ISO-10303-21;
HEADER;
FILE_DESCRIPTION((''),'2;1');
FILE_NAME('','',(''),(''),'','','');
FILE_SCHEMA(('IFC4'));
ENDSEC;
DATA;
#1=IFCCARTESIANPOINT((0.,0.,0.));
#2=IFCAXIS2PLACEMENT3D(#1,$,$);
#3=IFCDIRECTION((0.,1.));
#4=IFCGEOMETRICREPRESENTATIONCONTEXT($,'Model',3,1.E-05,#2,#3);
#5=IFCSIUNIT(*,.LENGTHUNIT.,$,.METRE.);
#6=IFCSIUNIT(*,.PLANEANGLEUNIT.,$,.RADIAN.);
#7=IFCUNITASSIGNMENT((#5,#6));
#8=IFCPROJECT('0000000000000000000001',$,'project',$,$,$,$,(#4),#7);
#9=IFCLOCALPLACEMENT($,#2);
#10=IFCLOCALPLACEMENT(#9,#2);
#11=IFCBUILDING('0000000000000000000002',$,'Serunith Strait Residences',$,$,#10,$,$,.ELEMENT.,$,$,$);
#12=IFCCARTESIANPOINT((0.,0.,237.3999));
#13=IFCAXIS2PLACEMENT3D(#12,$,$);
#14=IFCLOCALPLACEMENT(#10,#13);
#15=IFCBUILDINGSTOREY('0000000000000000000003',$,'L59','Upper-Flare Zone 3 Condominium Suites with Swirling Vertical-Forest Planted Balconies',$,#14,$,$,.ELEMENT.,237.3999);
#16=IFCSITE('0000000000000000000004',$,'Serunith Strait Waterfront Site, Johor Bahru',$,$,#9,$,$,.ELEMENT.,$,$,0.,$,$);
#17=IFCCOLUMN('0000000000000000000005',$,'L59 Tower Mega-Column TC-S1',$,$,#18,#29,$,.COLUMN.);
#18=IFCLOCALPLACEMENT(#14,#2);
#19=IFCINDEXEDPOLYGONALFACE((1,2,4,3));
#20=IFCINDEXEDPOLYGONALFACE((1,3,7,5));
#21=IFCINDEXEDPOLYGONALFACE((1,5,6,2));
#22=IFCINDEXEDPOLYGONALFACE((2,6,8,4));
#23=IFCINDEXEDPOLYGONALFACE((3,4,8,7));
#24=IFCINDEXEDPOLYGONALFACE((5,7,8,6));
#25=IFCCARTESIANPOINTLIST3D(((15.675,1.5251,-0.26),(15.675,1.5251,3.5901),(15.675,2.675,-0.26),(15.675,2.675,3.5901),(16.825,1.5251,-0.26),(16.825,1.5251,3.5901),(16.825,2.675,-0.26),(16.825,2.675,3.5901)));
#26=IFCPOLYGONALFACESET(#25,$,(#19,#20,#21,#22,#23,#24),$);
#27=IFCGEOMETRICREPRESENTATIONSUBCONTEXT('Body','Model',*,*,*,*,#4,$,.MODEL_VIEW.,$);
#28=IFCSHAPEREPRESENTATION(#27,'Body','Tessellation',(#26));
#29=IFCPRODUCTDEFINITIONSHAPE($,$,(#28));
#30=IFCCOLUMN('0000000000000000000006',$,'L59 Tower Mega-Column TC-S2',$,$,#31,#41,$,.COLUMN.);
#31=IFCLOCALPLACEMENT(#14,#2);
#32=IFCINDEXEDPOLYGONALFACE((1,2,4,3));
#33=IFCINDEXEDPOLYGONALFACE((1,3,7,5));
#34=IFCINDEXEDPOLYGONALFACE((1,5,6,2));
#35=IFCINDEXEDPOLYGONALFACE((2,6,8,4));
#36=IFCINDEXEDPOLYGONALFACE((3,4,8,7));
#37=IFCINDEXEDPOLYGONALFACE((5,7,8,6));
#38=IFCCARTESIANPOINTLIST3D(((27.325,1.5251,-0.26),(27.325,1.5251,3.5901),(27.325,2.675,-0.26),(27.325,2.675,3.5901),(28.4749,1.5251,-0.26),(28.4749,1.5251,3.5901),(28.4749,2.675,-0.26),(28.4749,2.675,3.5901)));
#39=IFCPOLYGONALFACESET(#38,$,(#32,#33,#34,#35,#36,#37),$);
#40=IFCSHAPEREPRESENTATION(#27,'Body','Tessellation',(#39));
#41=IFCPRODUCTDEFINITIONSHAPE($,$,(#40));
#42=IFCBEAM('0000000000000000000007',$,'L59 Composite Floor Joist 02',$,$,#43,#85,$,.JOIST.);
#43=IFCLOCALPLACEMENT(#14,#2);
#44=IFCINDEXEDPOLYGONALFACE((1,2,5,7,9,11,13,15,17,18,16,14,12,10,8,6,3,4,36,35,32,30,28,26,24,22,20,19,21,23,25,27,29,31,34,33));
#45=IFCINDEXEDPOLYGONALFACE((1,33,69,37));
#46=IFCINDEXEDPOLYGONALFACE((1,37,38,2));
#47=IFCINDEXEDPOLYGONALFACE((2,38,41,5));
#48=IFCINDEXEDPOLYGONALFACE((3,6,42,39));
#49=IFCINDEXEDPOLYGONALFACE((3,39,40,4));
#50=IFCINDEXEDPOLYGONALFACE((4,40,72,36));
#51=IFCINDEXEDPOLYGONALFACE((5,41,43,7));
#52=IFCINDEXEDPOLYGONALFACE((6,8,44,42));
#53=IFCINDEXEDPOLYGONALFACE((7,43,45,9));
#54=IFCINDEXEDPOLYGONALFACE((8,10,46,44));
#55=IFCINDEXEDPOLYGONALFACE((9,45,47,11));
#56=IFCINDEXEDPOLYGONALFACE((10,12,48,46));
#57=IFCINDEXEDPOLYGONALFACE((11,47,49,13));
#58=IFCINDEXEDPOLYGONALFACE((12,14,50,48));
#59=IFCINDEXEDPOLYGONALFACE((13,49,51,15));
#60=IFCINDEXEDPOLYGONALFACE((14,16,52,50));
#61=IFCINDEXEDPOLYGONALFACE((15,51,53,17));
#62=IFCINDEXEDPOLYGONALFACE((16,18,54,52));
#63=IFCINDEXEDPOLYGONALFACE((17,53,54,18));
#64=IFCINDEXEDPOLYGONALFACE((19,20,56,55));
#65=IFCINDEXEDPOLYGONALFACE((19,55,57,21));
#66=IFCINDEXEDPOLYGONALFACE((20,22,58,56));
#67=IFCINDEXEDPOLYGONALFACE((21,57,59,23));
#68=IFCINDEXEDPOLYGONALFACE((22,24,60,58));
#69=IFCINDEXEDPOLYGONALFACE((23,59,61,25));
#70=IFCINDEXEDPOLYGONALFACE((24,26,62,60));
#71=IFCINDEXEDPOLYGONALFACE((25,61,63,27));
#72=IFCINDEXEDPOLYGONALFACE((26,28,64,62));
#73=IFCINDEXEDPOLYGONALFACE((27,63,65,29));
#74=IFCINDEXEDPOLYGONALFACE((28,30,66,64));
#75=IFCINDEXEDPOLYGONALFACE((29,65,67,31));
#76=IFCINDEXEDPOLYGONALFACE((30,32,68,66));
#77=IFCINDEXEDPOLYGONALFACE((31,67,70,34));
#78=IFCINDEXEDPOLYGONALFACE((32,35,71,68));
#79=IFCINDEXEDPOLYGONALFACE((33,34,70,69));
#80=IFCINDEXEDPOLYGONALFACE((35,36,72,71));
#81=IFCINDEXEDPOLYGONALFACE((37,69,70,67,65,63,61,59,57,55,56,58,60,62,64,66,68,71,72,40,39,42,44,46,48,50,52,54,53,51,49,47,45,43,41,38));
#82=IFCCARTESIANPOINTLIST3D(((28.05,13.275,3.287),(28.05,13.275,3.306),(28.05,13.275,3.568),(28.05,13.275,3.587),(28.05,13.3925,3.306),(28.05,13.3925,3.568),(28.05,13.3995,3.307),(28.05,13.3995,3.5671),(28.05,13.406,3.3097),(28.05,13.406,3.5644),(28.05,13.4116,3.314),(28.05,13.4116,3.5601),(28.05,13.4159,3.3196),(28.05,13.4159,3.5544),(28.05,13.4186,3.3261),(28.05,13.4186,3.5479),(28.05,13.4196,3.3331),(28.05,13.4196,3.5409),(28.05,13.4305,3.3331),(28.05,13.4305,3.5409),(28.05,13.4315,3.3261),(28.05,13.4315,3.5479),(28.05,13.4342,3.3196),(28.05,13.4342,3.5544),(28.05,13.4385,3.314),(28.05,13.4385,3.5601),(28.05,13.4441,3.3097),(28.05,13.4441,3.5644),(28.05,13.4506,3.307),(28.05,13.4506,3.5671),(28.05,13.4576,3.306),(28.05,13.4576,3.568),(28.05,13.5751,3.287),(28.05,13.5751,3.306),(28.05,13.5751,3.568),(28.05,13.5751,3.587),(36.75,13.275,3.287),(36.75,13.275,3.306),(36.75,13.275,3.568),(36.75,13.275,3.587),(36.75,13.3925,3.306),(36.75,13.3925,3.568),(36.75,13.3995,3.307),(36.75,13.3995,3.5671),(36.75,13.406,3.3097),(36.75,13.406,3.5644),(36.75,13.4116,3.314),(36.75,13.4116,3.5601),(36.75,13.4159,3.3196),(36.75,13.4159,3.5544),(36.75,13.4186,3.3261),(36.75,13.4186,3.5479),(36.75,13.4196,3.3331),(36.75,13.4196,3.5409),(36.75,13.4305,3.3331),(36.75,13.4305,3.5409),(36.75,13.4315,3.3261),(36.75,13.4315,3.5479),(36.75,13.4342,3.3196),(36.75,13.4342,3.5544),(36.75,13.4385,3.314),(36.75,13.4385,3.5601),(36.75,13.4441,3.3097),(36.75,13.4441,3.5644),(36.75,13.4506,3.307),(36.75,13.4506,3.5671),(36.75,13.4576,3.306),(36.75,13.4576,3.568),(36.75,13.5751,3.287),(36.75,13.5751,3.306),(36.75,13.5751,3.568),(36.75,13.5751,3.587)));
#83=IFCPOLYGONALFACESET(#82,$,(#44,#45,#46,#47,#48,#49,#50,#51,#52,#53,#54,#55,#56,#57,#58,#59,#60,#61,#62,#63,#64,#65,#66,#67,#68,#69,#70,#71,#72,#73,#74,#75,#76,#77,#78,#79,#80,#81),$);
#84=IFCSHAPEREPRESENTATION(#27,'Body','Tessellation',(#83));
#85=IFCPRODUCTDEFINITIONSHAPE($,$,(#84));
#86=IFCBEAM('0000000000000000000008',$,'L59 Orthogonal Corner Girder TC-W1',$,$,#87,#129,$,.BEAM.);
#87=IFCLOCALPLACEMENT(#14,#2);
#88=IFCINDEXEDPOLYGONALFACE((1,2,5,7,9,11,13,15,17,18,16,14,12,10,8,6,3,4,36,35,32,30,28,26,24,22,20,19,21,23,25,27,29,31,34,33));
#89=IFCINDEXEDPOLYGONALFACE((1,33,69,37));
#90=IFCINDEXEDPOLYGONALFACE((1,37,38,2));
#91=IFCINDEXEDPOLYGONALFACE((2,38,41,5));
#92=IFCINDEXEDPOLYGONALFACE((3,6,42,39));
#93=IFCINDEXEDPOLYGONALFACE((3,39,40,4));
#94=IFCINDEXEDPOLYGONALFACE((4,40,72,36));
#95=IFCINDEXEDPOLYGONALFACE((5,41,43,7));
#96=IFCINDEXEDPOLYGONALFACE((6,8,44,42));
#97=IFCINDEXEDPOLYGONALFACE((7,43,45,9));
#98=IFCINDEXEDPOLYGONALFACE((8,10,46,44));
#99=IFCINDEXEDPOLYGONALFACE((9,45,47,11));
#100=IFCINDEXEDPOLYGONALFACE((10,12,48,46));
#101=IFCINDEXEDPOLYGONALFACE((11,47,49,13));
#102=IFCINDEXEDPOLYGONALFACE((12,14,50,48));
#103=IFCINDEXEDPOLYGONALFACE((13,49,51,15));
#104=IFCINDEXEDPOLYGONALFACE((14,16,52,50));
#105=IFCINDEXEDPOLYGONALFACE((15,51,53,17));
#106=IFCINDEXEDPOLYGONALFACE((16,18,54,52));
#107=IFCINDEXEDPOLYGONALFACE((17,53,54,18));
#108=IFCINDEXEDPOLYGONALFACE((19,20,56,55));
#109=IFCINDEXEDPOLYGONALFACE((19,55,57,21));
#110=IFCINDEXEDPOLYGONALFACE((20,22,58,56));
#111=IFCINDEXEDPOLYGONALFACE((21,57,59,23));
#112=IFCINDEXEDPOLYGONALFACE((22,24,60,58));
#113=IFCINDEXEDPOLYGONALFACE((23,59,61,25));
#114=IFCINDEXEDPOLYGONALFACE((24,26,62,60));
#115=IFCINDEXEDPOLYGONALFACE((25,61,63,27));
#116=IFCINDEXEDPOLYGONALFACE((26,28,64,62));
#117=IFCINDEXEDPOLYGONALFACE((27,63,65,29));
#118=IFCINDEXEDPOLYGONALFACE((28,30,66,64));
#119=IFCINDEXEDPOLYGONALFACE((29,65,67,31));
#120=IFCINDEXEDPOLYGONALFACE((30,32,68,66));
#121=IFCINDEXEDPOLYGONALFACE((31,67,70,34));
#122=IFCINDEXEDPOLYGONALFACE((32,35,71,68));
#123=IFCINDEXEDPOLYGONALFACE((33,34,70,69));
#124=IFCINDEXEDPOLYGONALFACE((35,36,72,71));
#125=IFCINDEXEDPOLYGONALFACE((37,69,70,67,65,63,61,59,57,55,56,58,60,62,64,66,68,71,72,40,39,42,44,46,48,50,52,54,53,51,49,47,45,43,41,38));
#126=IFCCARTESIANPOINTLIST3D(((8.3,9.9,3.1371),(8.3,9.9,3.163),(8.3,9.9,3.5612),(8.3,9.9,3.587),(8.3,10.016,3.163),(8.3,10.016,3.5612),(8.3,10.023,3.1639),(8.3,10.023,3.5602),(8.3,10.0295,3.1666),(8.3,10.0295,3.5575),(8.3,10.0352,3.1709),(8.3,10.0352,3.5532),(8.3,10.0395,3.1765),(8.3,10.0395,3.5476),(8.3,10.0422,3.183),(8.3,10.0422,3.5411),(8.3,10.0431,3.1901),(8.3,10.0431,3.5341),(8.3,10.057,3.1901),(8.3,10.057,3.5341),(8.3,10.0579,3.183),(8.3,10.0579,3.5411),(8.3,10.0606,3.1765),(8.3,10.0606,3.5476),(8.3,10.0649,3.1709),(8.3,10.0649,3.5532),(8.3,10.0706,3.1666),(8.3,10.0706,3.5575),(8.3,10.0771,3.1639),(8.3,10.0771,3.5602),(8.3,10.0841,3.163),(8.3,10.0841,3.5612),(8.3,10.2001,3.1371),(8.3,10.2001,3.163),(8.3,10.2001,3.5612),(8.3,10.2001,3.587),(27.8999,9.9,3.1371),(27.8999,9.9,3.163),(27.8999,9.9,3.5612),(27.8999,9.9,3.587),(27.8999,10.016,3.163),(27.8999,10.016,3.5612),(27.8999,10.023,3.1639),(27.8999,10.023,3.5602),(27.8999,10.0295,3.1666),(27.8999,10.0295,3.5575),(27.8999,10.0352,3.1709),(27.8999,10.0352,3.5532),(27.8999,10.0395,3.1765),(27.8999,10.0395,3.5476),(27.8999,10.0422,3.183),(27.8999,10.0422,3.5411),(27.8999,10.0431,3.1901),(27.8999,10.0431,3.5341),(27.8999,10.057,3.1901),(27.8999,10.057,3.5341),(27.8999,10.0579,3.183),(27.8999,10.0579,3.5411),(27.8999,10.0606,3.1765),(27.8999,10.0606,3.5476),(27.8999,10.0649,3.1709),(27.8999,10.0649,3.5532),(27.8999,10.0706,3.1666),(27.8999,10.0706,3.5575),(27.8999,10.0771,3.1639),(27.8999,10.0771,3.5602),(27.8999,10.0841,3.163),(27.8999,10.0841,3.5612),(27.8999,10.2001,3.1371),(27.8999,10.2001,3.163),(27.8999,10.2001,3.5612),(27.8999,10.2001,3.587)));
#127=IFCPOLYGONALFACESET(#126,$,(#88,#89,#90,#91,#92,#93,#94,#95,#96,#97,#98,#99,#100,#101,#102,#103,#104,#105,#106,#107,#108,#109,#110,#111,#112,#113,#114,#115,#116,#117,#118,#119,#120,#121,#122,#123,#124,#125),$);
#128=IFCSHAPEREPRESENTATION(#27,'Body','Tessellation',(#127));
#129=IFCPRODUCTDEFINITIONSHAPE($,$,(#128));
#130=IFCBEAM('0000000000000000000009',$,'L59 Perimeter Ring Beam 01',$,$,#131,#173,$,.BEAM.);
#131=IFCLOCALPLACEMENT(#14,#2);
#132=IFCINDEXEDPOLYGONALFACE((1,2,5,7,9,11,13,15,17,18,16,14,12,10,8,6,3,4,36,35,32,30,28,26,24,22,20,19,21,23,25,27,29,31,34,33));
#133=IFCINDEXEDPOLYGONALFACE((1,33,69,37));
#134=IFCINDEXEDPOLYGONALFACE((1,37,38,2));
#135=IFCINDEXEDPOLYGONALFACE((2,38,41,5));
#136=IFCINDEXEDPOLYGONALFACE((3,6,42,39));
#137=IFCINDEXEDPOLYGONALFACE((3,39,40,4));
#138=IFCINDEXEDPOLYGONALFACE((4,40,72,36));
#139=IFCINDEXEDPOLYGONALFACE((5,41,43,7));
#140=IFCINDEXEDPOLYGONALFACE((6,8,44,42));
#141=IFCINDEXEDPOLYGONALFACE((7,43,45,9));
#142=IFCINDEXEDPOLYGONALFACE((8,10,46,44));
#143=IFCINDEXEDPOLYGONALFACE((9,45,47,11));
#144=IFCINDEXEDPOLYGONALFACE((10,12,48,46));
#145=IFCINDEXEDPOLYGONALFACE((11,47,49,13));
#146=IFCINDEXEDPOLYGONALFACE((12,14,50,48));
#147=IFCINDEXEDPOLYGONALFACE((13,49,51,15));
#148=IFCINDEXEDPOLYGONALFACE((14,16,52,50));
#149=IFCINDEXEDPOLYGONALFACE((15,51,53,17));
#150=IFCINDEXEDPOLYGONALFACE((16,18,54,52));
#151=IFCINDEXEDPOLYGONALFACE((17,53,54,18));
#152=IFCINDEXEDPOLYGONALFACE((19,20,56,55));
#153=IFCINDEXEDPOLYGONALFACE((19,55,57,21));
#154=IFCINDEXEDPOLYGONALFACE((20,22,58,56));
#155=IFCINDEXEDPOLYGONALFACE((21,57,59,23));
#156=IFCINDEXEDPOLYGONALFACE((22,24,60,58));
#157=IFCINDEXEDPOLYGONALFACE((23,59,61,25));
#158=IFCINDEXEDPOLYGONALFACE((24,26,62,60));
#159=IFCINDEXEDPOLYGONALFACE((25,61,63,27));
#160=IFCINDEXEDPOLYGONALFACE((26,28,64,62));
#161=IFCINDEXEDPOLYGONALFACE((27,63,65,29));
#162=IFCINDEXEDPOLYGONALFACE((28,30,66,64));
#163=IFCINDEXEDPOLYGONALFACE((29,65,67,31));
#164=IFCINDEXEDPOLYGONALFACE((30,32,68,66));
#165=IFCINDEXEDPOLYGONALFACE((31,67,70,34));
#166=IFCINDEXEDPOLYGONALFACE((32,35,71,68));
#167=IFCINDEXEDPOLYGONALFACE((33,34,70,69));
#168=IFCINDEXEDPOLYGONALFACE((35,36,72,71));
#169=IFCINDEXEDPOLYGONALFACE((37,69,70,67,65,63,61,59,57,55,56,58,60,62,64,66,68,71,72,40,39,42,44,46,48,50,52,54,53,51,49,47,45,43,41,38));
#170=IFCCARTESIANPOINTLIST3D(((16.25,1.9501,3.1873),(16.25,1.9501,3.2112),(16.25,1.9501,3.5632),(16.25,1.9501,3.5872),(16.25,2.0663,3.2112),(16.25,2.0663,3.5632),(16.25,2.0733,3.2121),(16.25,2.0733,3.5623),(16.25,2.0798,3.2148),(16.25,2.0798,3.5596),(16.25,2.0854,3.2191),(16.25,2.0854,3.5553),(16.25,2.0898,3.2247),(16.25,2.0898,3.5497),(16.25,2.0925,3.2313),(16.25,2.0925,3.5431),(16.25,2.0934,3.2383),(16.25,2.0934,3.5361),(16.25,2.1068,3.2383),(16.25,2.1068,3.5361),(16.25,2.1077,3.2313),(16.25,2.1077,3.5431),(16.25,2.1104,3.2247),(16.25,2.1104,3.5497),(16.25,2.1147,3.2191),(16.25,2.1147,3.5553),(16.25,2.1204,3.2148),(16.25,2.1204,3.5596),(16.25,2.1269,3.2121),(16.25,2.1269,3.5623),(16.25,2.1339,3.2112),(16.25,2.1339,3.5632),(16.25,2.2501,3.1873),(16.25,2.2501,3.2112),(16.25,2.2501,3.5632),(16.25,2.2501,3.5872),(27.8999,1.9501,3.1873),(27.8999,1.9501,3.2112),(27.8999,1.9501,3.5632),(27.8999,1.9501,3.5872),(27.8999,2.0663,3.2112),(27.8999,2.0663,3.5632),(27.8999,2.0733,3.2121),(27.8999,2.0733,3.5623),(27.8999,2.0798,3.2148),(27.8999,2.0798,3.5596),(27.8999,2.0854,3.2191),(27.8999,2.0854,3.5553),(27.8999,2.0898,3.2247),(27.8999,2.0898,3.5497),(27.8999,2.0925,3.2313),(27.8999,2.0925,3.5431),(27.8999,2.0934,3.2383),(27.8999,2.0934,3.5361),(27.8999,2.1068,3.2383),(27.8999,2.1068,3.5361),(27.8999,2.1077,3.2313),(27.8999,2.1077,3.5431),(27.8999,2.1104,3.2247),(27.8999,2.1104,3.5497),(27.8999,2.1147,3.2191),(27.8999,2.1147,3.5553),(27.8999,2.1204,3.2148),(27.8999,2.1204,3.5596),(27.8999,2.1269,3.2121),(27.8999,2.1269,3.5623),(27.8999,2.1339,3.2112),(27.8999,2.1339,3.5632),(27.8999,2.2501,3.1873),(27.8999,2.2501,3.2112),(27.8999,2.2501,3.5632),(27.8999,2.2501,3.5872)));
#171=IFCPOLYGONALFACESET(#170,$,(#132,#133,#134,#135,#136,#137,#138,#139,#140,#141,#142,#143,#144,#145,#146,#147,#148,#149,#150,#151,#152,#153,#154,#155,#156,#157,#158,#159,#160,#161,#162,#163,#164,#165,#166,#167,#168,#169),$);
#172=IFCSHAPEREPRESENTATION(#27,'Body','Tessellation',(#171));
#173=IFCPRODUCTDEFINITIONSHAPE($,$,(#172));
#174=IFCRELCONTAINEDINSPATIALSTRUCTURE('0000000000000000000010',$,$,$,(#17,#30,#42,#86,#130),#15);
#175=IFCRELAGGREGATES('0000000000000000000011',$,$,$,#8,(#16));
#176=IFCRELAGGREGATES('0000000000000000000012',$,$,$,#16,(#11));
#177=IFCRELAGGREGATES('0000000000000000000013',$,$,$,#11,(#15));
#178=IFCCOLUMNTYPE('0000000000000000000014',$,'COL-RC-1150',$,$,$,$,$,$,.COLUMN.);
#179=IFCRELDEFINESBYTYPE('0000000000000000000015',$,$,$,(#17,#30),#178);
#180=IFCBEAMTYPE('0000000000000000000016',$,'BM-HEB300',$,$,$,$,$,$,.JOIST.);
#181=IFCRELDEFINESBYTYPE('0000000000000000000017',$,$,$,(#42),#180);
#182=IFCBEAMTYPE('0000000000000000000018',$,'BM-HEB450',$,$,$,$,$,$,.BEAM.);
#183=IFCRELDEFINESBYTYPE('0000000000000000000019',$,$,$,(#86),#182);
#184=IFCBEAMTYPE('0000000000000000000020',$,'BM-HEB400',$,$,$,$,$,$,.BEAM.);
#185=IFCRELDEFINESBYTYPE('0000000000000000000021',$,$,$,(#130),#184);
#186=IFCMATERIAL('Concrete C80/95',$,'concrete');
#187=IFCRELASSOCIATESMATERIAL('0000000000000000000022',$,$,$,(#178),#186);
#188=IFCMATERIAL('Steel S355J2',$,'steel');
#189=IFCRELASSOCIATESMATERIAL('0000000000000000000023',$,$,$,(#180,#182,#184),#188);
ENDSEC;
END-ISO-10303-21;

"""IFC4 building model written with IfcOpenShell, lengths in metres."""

from ifc_helpers import new_model, si_unit, direction, frame, origin, origin_2d, place, context, subcontext, project, spatial, rectangle, i_section, extrude, source, transform, mapped, material, material_profile, profile_set, type_object, element, save


model = new_model("IFC4")

# Units and contexts
model_context = context("Model", 3, precision=1e-05, world=origin(), true_north=direction((0.0, 1.0)))
body_context = subcontext(model_context, "Body", "Model", "MODEL_VIEW")
ifc_project = project(units=[si_unit("LENGTHUNIT", "METRE"), si_unit("PLANEANGLEUNIT", "RADIAN")], contexts=[model_context])

# Site, building, storey
site_placement = place(None, origin())
site = spatial("IfcSite", under=ifc_project, at=site_placement, Name="Serunith Strait Waterfront Site, Johor Bahru", CompositionType="ELEMENT", RefElevation=0.0)
building_placement = place(site_placement, origin())
building = spatial("IfcBuilding", under=site, at=building_placement, Name="Serunith Strait Residences", CompositionType="ELEMENT")
storey_placement = place(building_placement, frame((0.0, 0.0, 237.3999)))
storey = spatial("IfcBuildingStorey", under=building, at=storey_placement, Name="L59", Description="Upper-Flare Zone 3 Condominium Suites with Swirling Vertical-Forest Planted Balconies", CompositionType="ELEMENT", Elevation=237.3999)

# Columns
ifc_material_1 = material(Name="Concrete C80/95", Category="concrete")
ifc_material_profile_1 = material_profile(ifc_material_1, rectangle(XDim=1.1499, YDim=1.1499, at=origin_2d()), Name="RC 1150x1150")
ifc_profile_set_1 = profile_set([ifc_material_profile_1], Name="Concrete C80/95")
column_type = type_object("IfcColumnType", Name="COL-RC-1150", PredefinedType="COLUMN", material=ifc_profile_set_1)
shared_shape_1 = source(origin(), body_context, "Body", "SweptSolid", [
    extrude(rectangle(XDim=1.1499, YDim=1.1499, at=origin_2d()), origin(), (0.0, 0.0, 1.0), 3.8501),
])
for number, where, z_axis, x_axis, name in (
    (1, (16.25, 2.1001, -0.26), (0.0, 0.0, 1.0), (1.0, 0.0, 0.0), "L59 Tower Mega-Column TC-S1"),
    (2, (27.8999, 2.1001, -0.26), (0.0, 0.0, 1.0), (1.0, 0.0, 0.0), "L59 Tower Mega-Column TC-S2"),
):
    element("IfcColumn", number, at=place(storey_placement, frame(where, z_axis=z_axis, x_axis=x_axis)), inside=storey, type_object=column_type, Name=name, PredefinedType="COLUMN", context=body_context, shape_type="MappedRepresentation", body=[
        mapped(shared_shape_1, transform((0.0, 0.0, 0.0), scale=1.0)),
    ])

# Beams
ifc_material_2 = material(Name="Steel S355J2", Category="steel")
ifc_material_profile_2 = material_profile(ifc_material_2, i_section(OverallWidth=0.3, OverallDepth=0.3, WebThickness=0.011, FlangeThickness=0.019, FilletRadius=0.0271, at=origin_2d()), Name="HEB 300")
ifc_profile_set_2 = profile_set([ifc_material_profile_2], Name="Steel S355J2")
beam_type_1 = type_object("IfcBeamType", Name="BM-HEB300", PredefinedType="JOIST", material=ifc_profile_set_2)
shared_shape_2 = source(origin(), body_context, "Body", "SweptSolid", [
    extrude(i_section(OverallWidth=0.3, OverallDepth=0.3, WebThickness=0.011, FlangeThickness=0.019, FilletRadius=0.0271, at=origin_2d()), origin(), (0.0, 0.0, 1.0), 8.7),
])
beam_1_placement = place(storey_placement, frame((28.05, 13.425, 3.437), z_axis=(1.0, 0.0, 0.0), x_axis=(0.0, 1.0, 0.0)))
element("IfcBeam", 3, at=beam_1_placement, inside=storey, type_object=beam_type_1, Name="L59 Composite Floor Joist 02", PredefinedType="JOIST", context=body_context, shape_type="MappedRepresentation", body=[
    mapped(shared_shape_2, transform((0.0, 0.0, 0.0), scale=1.0)),
])
ifc_material_profile_3 = material_profile(ifc_material_2, i_section(OverallWidth=0.3, OverallDepth=0.45, WebThickness=0.0139, FlangeThickness=0.0259, FilletRadius=0.0271, at=origin_2d()), Name="HEB 450")
ifc_profile_set_3 = profile_set([ifc_material_profile_3], Name="Steel S355J2")
beam_type_2 = type_object("IfcBeamType", Name="BM-HEB450", PredefinedType="BEAM", material=ifc_profile_set_3)
shared_shape_3 = source(origin(), body_context, "Body", "SweptSolid", [
    extrude(i_section(OverallWidth=0.3, OverallDepth=0.45, WebThickness=0.0139, FlangeThickness=0.0259, FilletRadius=0.0271, at=origin_2d()), origin(), (0.0, 0.0, 1.0), 19.5999),
])
beam_2_placement = place(storey_placement, frame((27.8999, 10.05, 3.3621), z_axis=(-1.0, 0.0, 0.0), x_axis=(0.0, -1.0, 0.0)))
element("IfcBeam", 4, at=beam_2_placement, inside=storey, type_object=beam_type_2, Name="L59 Orthogonal Corner Girder TC-W1", PredefinedType="BEAM", context=body_context, shape_type="MappedRepresentation", body=[
    mapped(shared_shape_3, transform((0.0, 0.0, 0.0), scale=1.0)),
])
ifc_material_profile_4 = material_profile(ifc_material_2, i_section(OverallWidth=0.3, OverallDepth=0.3999, WebThickness=0.0134, FlangeThickness=0.0239, FilletRadius=0.0271, at=origin_2d()), Name="HEB 400")
ifc_profile_set_4 = profile_set([ifc_material_profile_4], Name="Steel S355J2")
beam_type_3 = type_object("IfcBeamType", Name="BM-HEB400", PredefinedType="BEAM", material=ifc_profile_set_4)
shared_shape_4 = source(origin(), body_context, "Body", "SweptSolid", [
    extrude(i_section(OverallWidth=0.3, OverallDepth=0.3999, WebThickness=0.0134, FlangeThickness=0.0239, FilletRadius=0.0271, at=origin_2d()), origin(), (0.0, 0.0, 1.0), 11.6499),
])
beam_3_placement = place(storey_placement, frame((16.25, 2.1001, 3.3872), z_axis=(1.0, 0.0, 0.0), x_axis=(0.0, 1.0, 0.0)))
element("IfcBeam", 5, at=beam_3_placement, inside=storey, type_object=beam_type_3, Name="L59 Perimeter Ring Beam 01", PredefinedType="BEAM", context=body_context, shape_type="MappedRepresentation", body=[
    mapped(shared_shape_4, transform((0.0, 0.0, 0.0), scale=1.0)),
])

save(model, "model.ifc")
